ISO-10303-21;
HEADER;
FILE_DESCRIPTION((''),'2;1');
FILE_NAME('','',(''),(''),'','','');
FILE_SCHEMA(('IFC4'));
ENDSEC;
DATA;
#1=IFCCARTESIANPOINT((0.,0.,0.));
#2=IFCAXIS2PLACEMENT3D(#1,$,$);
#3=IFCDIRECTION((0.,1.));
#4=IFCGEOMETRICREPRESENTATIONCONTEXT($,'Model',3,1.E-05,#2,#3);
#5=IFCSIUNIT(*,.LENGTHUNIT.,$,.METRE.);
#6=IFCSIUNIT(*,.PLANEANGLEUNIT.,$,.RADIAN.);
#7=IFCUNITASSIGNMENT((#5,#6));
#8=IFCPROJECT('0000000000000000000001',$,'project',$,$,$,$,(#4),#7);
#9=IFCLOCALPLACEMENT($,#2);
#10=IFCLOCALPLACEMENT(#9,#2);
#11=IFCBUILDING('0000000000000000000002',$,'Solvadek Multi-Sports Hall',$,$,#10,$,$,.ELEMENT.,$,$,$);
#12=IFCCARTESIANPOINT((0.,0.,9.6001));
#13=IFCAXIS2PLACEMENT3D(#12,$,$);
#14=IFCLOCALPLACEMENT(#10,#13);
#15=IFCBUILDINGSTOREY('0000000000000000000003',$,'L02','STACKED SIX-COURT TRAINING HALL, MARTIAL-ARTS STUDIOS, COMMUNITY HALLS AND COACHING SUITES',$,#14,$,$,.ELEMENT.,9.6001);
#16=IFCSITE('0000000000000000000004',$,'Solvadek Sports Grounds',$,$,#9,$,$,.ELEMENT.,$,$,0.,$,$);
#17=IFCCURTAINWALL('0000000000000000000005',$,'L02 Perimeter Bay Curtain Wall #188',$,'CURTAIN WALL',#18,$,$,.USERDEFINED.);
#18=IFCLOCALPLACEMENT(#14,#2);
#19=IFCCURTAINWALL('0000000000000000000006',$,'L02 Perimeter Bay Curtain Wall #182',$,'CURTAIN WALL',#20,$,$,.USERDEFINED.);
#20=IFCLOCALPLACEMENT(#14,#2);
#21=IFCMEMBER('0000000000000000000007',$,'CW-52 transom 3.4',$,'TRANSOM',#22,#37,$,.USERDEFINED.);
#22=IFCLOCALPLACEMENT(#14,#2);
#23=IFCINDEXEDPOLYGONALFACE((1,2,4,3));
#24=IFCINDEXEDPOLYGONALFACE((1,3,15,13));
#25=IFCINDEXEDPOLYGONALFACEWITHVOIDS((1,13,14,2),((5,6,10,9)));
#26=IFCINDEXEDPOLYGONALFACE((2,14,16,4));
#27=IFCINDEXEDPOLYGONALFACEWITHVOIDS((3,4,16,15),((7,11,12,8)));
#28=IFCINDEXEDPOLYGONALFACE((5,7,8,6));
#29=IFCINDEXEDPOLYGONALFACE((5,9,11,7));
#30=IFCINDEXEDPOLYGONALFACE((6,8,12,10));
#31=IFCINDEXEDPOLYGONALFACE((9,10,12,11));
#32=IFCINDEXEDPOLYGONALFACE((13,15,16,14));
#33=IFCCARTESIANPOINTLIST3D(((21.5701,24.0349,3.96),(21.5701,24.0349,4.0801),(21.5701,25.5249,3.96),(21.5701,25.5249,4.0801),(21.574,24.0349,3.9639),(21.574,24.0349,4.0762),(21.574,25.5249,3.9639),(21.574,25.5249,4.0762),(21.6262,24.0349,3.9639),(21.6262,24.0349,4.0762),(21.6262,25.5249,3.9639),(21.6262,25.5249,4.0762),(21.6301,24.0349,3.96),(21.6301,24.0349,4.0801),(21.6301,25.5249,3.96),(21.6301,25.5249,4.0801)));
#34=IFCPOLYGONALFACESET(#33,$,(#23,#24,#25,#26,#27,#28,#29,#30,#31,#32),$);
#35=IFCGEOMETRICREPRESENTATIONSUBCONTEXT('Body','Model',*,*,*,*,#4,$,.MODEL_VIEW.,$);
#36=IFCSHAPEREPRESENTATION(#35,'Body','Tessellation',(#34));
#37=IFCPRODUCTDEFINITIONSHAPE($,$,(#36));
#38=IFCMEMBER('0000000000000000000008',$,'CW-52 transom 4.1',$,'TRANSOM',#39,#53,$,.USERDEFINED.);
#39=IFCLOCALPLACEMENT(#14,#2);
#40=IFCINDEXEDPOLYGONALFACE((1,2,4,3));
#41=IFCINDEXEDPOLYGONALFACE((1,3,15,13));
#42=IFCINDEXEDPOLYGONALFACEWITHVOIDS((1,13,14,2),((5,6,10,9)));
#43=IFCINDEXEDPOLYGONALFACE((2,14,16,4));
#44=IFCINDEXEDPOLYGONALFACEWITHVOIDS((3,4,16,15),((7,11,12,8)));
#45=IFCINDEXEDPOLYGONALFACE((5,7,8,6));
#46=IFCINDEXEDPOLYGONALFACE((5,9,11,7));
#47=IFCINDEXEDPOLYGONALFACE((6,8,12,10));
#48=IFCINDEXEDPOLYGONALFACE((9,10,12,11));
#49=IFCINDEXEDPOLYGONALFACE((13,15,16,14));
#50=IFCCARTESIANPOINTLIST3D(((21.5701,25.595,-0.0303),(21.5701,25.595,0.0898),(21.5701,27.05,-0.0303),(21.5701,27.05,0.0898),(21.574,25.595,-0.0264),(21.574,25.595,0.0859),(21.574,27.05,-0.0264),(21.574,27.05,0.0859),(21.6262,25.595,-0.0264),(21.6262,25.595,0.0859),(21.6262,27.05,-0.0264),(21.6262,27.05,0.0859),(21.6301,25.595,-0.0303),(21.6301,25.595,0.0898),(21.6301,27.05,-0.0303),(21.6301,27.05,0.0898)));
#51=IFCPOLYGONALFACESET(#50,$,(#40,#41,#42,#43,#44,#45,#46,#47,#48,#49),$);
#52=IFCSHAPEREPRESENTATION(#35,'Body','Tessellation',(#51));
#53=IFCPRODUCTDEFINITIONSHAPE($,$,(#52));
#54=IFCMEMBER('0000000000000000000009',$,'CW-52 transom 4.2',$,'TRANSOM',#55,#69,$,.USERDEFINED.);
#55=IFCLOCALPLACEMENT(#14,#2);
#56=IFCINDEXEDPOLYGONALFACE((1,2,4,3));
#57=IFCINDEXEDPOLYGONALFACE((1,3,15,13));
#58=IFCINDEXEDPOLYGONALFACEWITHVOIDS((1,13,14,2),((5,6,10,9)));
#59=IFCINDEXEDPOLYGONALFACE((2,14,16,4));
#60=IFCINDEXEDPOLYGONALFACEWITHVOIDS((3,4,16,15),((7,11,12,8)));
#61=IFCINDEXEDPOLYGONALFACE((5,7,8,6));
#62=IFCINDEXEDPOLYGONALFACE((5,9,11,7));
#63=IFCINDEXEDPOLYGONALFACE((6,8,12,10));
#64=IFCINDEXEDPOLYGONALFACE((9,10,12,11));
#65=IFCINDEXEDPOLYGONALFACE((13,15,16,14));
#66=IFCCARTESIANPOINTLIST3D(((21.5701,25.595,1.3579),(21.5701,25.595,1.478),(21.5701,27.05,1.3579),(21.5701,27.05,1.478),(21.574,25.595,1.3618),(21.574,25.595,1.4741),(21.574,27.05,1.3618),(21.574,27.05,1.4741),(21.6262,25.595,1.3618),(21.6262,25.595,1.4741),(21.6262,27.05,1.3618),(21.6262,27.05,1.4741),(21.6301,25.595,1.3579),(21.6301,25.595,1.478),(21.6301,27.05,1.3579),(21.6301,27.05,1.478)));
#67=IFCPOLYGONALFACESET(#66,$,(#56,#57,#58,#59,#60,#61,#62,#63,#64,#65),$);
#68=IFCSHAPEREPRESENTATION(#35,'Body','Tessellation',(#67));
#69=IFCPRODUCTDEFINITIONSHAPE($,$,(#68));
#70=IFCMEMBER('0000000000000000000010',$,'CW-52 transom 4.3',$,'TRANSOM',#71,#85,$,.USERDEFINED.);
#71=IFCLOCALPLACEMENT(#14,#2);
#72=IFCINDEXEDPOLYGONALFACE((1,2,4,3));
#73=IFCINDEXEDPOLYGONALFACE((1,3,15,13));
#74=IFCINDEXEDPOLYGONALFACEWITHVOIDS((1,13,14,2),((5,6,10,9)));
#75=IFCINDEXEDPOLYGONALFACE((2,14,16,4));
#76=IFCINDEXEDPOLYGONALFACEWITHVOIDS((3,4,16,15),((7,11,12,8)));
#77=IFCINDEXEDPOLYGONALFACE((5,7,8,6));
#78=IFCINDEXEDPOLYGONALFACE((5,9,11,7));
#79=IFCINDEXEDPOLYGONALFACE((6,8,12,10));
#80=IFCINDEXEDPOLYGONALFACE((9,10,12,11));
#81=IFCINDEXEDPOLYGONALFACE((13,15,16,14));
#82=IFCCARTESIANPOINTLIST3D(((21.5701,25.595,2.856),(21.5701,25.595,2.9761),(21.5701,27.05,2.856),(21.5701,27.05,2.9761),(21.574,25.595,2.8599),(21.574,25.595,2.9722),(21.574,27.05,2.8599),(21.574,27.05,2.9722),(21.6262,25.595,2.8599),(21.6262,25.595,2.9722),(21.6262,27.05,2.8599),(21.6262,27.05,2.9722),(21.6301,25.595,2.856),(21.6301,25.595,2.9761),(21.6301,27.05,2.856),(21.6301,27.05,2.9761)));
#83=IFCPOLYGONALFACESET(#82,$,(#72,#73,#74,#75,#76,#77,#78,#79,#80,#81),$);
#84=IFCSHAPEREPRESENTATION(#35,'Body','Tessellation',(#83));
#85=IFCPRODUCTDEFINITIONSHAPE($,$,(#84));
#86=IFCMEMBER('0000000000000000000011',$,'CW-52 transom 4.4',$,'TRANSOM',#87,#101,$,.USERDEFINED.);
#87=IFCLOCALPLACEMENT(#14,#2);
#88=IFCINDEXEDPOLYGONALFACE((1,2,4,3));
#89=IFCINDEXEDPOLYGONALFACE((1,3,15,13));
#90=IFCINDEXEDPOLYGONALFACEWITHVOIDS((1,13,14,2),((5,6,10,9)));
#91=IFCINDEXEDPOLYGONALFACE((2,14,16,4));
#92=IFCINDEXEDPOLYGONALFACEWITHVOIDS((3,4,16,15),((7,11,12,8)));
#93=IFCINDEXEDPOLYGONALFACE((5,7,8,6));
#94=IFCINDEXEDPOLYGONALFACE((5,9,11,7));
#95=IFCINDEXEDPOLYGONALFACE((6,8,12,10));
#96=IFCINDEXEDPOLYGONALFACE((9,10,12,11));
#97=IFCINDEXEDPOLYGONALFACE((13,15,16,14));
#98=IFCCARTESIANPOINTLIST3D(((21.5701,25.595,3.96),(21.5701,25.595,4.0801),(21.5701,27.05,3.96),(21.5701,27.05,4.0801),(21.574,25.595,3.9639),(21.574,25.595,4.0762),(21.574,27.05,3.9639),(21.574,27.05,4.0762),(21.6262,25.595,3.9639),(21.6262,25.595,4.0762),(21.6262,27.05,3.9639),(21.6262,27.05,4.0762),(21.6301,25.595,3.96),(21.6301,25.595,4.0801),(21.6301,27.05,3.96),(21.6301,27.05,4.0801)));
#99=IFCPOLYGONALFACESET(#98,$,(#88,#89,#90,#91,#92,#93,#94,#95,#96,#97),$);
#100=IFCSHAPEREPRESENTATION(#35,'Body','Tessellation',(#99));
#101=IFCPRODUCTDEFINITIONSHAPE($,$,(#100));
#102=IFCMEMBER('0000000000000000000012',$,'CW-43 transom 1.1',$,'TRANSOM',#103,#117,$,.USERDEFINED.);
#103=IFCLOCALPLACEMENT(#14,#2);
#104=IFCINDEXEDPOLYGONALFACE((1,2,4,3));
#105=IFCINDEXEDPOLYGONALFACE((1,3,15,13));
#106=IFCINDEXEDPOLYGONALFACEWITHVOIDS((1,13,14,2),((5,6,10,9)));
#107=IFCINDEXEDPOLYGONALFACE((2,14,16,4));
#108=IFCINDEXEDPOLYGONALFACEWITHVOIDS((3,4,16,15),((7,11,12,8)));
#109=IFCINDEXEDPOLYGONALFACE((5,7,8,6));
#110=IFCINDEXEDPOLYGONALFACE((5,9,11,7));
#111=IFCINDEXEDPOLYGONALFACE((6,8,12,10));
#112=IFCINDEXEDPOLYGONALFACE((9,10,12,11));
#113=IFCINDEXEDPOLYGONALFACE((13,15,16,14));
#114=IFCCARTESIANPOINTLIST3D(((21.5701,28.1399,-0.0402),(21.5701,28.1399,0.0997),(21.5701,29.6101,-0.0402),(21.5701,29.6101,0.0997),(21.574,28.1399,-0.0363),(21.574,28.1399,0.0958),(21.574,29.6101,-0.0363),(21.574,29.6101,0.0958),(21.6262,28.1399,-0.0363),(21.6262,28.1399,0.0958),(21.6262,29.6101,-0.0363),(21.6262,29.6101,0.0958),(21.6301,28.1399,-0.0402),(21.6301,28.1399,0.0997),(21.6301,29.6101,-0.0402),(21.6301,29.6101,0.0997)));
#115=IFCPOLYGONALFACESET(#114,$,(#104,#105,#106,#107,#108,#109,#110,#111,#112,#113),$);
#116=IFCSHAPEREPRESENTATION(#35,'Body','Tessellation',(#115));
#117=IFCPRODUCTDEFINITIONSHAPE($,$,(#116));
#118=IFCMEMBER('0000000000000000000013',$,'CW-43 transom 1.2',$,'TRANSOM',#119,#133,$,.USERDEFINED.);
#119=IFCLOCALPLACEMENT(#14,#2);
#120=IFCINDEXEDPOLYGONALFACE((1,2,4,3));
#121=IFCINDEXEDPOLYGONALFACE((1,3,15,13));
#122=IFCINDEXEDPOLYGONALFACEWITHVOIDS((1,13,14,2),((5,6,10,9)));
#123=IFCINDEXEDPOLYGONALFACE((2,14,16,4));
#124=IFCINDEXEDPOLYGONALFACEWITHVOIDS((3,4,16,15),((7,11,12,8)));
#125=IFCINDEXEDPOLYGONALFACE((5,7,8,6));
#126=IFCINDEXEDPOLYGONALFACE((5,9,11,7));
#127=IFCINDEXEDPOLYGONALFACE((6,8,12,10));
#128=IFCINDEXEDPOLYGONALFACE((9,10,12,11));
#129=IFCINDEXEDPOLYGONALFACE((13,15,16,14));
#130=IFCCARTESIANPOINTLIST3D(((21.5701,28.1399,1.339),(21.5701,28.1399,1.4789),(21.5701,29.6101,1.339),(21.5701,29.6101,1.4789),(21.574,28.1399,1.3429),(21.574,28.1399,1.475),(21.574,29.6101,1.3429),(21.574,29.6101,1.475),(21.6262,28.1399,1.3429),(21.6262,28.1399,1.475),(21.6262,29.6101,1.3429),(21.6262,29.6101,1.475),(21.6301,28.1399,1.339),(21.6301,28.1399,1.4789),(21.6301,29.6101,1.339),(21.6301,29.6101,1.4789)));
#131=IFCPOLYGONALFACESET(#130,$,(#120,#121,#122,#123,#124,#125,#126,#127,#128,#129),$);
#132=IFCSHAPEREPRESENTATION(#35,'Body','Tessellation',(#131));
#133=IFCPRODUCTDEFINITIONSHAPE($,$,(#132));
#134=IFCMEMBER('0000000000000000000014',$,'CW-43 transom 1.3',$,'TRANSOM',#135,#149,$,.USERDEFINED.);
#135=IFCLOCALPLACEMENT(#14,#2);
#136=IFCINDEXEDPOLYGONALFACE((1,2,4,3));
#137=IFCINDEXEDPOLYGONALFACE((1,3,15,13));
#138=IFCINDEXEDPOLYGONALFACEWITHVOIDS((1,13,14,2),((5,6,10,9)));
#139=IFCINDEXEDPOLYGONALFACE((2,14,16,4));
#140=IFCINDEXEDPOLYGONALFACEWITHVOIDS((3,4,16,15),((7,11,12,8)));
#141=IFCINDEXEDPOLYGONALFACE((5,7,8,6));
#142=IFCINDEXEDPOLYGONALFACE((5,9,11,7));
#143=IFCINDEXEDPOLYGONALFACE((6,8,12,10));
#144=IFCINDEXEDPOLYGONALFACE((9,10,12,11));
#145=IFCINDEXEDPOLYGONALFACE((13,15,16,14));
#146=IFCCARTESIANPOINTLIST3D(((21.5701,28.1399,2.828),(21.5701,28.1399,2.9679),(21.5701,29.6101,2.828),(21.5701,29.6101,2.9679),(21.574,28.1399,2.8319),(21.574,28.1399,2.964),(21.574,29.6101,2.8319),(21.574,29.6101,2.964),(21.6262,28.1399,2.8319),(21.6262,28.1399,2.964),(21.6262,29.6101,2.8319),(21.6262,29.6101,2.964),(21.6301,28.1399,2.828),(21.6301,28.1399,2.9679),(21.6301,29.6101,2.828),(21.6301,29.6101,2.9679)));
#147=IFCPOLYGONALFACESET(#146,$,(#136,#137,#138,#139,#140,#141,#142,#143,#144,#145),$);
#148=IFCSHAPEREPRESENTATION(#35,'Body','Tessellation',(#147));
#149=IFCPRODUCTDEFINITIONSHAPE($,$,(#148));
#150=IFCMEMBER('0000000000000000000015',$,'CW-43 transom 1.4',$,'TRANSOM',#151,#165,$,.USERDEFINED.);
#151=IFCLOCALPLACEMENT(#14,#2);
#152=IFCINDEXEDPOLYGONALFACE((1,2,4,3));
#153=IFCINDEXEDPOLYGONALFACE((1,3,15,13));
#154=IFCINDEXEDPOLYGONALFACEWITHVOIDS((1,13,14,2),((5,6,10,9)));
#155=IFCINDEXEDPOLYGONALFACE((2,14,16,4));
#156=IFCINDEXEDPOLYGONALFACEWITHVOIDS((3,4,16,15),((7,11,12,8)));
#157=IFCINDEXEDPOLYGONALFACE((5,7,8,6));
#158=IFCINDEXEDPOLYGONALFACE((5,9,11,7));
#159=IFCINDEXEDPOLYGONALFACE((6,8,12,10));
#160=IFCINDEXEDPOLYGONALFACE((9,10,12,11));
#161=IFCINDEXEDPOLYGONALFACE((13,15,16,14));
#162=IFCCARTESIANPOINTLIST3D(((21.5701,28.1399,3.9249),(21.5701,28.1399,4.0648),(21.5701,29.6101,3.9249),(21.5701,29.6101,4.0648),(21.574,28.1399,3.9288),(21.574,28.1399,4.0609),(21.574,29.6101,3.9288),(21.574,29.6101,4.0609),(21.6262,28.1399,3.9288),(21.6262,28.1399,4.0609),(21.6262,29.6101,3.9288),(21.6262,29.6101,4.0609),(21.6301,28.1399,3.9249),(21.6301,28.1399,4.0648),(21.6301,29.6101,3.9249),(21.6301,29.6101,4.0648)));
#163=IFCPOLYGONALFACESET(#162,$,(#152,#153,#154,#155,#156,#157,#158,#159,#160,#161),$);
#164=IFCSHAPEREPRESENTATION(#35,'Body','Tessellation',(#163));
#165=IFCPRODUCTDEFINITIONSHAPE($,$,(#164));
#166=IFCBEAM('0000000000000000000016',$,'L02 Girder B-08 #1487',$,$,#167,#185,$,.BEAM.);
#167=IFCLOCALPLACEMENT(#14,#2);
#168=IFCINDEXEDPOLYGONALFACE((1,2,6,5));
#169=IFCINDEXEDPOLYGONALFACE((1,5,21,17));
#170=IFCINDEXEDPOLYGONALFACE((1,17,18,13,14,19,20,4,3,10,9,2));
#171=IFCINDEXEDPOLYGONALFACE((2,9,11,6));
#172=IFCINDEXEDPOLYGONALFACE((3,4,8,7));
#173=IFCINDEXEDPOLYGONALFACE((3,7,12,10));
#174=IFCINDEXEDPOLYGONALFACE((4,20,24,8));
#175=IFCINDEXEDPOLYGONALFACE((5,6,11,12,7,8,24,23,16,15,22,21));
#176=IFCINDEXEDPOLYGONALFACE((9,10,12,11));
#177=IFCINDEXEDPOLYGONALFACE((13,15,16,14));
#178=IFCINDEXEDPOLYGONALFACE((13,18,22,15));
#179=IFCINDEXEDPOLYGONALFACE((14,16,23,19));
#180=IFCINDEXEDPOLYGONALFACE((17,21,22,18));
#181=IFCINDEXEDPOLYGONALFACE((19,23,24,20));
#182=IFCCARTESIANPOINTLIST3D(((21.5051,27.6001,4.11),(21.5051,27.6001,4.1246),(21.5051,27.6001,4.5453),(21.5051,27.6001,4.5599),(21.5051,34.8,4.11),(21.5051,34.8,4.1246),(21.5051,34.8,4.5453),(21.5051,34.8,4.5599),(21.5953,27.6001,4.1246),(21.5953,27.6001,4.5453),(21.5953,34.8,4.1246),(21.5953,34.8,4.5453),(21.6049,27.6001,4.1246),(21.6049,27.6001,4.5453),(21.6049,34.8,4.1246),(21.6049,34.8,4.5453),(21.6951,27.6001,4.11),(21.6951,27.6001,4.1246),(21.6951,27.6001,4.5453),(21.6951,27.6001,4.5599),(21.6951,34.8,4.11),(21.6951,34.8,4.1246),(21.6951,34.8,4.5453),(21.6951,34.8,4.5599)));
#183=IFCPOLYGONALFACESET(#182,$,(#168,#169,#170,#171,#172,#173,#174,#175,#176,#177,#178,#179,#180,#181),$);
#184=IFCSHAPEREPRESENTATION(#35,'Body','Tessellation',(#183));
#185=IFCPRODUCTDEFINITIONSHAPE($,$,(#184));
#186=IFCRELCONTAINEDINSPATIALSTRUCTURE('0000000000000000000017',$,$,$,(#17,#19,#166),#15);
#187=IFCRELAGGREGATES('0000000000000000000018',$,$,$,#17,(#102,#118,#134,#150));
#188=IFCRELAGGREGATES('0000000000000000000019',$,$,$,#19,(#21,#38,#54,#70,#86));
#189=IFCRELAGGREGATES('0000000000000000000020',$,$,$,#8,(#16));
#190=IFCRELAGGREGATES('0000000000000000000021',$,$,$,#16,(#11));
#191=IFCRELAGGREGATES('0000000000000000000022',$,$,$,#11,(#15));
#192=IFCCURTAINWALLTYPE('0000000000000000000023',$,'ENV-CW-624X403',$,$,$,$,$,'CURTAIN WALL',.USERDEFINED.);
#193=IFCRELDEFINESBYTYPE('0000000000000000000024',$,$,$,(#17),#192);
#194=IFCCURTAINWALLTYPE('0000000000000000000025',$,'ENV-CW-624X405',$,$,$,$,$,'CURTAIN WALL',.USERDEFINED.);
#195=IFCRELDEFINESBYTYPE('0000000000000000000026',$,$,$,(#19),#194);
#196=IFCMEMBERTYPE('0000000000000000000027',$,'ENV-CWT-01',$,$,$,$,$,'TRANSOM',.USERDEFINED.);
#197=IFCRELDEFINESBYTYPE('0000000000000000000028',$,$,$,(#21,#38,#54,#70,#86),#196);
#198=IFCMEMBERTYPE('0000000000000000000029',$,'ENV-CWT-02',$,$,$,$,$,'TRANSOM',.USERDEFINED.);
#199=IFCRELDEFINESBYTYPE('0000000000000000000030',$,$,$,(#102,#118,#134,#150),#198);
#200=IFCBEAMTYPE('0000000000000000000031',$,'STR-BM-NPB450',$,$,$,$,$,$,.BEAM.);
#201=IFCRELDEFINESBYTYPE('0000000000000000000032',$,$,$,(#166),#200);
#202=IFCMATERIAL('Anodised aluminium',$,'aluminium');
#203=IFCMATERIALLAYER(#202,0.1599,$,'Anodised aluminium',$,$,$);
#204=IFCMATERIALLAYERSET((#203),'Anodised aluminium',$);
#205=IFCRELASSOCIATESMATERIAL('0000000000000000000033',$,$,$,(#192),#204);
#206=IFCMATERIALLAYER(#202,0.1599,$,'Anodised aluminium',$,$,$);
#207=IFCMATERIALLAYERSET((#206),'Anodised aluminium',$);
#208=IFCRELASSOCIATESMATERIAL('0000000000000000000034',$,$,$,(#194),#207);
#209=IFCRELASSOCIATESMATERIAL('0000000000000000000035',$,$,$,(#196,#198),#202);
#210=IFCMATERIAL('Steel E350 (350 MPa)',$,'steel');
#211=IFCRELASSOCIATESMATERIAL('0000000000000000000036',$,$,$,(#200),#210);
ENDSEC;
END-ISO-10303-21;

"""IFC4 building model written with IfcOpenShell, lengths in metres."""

from ifc_helpers import new_model, si_unit, direction, frame, origin, origin_2d, place, context, subcontext, project, spatial, hollow_rectangle, i_section, extrude, material, layer, layer_set, material_profile, profile_set, type_object, element, aggregate, save


model = new_model("IFC4")

# Units and contexts
model_context = context("Model", 3, precision=1e-05, world=origin(), true_north=direction((0.0, 1.0)))
body_context = subcontext(model_context, "Body", "Model", "MODEL_VIEW")
ifc_project = project(units=[si_unit("LENGTHUNIT", "METRE"), si_unit("PLANEANGLEUNIT", "RADIAN")], contexts=[model_context])

# Site, building, storey
site_placement = place(None, origin())
site = spatial("IfcSite", under=ifc_project, at=site_placement, Name="Solvadek Sports Grounds", CompositionType="ELEMENT", RefElevation=0.0)
building_placement = place(site_placement, origin())
building = spatial("IfcBuilding", under=site, at=building_placement, Name="Solvadek Multi-Sports Hall", CompositionType="ELEMENT")
storey_placement = place(building_placement, frame((0.0, 0.0, 9.6001)))
storey = spatial("IfcBuildingStorey", under=building, at=storey_placement, Name="L02", Description="STACKED SIX-COURT TRAINING HALL, MARTIAL-ARTS STUDIOS, COMMUNITY HALLS AND COACHING SUITES", CompositionType="ELEMENT", Elevation=9.6001)

# Shared definitions
ifc_material_1 = material(Name="Steel E350 (350 MPa)", Category="steel")

# Curtain wall
ifc_material_2 = material(Name="Anodised aluminium", Category="aluminium")
ifc_layer_1 = layer(ifc_material_2, 0.1599, Name="Anodised aluminium")
ifc_layer_set_1 = layer_set([ifc_layer_1], Name="Anodised aluminium")
curtain_wall_type_1 = type_object("IfcCurtainWallType", Name="ENV-CW-624X403", ElementType="CURTAIN WALL", PredefinedType="USERDEFINED", material=ifc_layer_set_1)
curtain_wall_1_placement = place(storey_placement, origin())
curtain_wall_1 = element("IfcCurtainWall", 1, at=curtain_wall_1_placement, inside=storey, type_object=curtain_wall_type_1, Name="L02 Perimeter Bay Curtain Wall #188", ObjectType="CURTAIN WALL", PredefinedType="USERDEFINED")

# Curtain wall, members
ifc_layer_2 = layer(ifc_material_2, 0.1599, Name="Anodised aluminium")
ifc_layer_set_2 = layer_set([ifc_layer_2], Name="Anodised aluminium")
curtain_wall_type_2 = type_object("IfcCurtainWallType", Name="ENV-CW-624X405", ElementType="CURTAIN WALL", PredefinedType="USERDEFINED", material=ifc_layer_set_2)
curtain_wall_2_placement = place(storey_placement, origin())
curtain_wall_2 = element("IfcCurtainWall", 2, at=curtain_wall_2_placement, inside=storey, type_object=curtain_wall_type_2, Name="L02 Perimeter Bay Curtain Wall #182", ObjectType="CURTAIN WALL", PredefinedType="USERDEFINED")
ifc_material_profile_1 = material_profile(ifc_material_2, hollow_rectangle(XDim=0.0601, YDim=0.1201, WallThickness=0.0039, at=origin_2d()), Name="ALU-T 120x60x4")
ifc_profile_set_1 = profile_set([ifc_material_profile_1], Name="Anodised aluminium")
member_type_1 = type_object("IfcMemberType", Name="ENV-CWT-01", ElementType="TRANSOM", PredefinedType="USERDEFINED", material=ifc_profile_set_1)
member_1_placement = place(storey_placement, frame((21.6001, 24.0349, 4.02), z_axis=(0.0, 1.0, 0.0), x_axis=(-1.0, 0.0, 0.0)))
member_1 = element("IfcMember", 3, at=member_1_placement, type_object=member_type_1, Name="CW-52 transom 3.4", ObjectType="TRANSOM", PredefinedType="USERDEFINED", context=body_context, shape_type="SweptSolid", body=[
    extrude(hollow_rectangle(XDim=0.0601, YDim=0.1201, WallThickness=0.0039, at=origin_2d()), origin(), (0.0, 0.0, 1.0), 1.49),
])
member_2_placement = place(storey_placement, frame((21.6001, 25.595, 0.0298), z_axis=(0.0, 1.0, 0.0), x_axis=(-1.0, 0.0, 0.0)))
member_2 = element("IfcMember", 4, at=member_2_placement, type_object=member_type_1, Name="CW-52 transom 4.1", ObjectType="TRANSOM", PredefinedType="USERDEFINED", context=body_context, shape_type="SweptSolid", body=[
    extrude(hollow_rectangle(XDim=0.0601, YDim=0.1201, WallThickness=0.0039, at=origin_2d()), origin(), (0.0, 0.0, 1.0), 1.4551),
])
member_3_placement = place(storey_placement, frame((21.6001, 25.595, 1.418), z_axis=(0.0, 1.0, 0.0), x_axis=(-1.0, 0.0, 0.0)))
member_3 = element("IfcMember", 5, at=member_3_placement, type_object=member_type_1, Name="CW-52 transom 4.2", ObjectType="TRANSOM", PredefinedType="USERDEFINED", context=body_context, shape_type="SweptSolid", body=[
    extrude(hollow_rectangle(XDim=0.0601, YDim=0.1201, WallThickness=0.0039, at=origin_2d()), origin(), (0.0, 0.0, 1.0), 1.4551),
])
member_4_placement = place(storey_placement, frame((21.6001, 25.595, 2.916), z_axis=(0.0, 1.0, 0.0), x_axis=(-1.0, 0.0, 0.0)))
member_4 = element("IfcMember", 6, at=member_4_placement, type_object=member_type_1, Name="CW-52 transom 4.3", ObjectType="TRANSOM", PredefinedType="USERDEFINED", context=body_context, shape_type="SweptSolid", body=[
    extrude(hollow_rectangle(XDim=0.0601, YDim=0.1201, WallThickness=0.0039, at=origin_2d()), origin(), (0.0, 0.0, 1.0), 1.4551),
])
member_5_placement = place(storey_placement, frame((21.6001, 25.595, 4.02), z_axis=(0.0, 1.0, 0.0), x_axis=(-1.0, 0.0, 0.0)))
member_5 = element("IfcMember", 7, at=member_5_placement, type_object=member_type_1, Name="CW-52 transom 4.4", ObjectType="TRANSOM", PredefinedType="USERDEFINED", context=body_context, shape_type="SweptSolid", body=[
    extrude(hollow_rectangle(XDim=0.0601, YDim=0.1201, WallThickness=0.0039, at=origin_2d()), origin(), (0.0, 0.0, 1.0), 1.4551),
])

# Members
ifc_material_profile_2 = material_profile(ifc_material_2, hollow_rectangle(XDim=0.0601, YDim=0.1399, WallThickness=0.0039, at=origin_2d()), Name="ALU-T 140x60x4")
ifc_profile_set_2 = profile_set([ifc_material_profile_2], Name="Anodised aluminium")
member_type_2 = type_object("IfcMemberType", Name="ENV-CWT-02", ElementType="TRANSOM", PredefinedType="USERDEFINED", material=ifc_profile_set_2)
member_6_placement = place(storey_placement, frame((21.6001, 28.1399, 0.0298), z_axis=(0.0, 1.0, 0.0), x_axis=(-1.0, 0.0, 0.0)))
member_6 = element("IfcMember", 8, at=member_6_placement, type_object=member_type_2, Name="CW-43 transom 1.1", ObjectType="TRANSOM", PredefinedType="USERDEFINED", context=body_context, shape_type="SweptSolid", body=[
    extrude(hollow_rectangle(XDim=0.0601, YDim=0.1399, WallThickness=0.0039, at=origin_2d()), origin(), (0.0, 0.0, 1.0), 1.4702),
])
member_7_placement = place(storey_placement, frame((21.6001, 28.1399, 1.4089), z_axis=(0.0, 1.0, 0.0), x_axis=(-1.0, 0.0, 0.0)))
member_7 = element("IfcMember", 9, at=member_7_placement, type_object=member_type_2, Name="CW-43 transom 1.2", ObjectType="TRANSOM", PredefinedType="USERDEFINED", context=body_context, shape_type="SweptSolid", body=[
    extrude(hollow_rectangle(XDim=0.0601, YDim=0.1399, WallThickness=0.0039, at=origin_2d()), origin(), (0.0, 0.0, 1.0), 1.4702),
])
member_8_placement = place(storey_placement, frame((21.6001, 28.1399, 2.8979), z_axis=(0.0, 1.0, 0.0), x_axis=(-1.0, 0.0, 0.0)))
member_8 = element("IfcMember", 10, at=member_8_placement, type_object=member_type_2, Name="CW-43 transom 1.3", ObjectType="TRANSOM", PredefinedType="USERDEFINED", context=body_context, shape_type="SweptSolid", body=[
    extrude(hollow_rectangle(XDim=0.0601, YDim=0.1399, WallThickness=0.0039, at=origin_2d()), origin(), (0.0, 0.0, 1.0), 1.4702),
])
member_9_placement = place(storey_placement, frame((21.6001, 28.1399, 3.9949), z_axis=(0.0, 1.0, 0.0), x_axis=(-1.0, 0.0, 0.0)))
member_9 = element("IfcMember", 11, at=member_9_placement, type_object=member_type_2, Name="CW-43 transom 1.4", ObjectType="TRANSOM", PredefinedType="USERDEFINED", context=body_context, shape_type="SweptSolid", body=[
    extrude(hollow_rectangle(XDim=0.0601, YDim=0.1399, WallThickness=0.0039, at=origin_2d()), origin(), (0.0, 0.0, 1.0), 1.4702),
])
aggregate(curtain_wall_1, [member_6, member_7, member_8, member_9])

# Beam
ifc_material_profile_3 = material_profile(ifc_material_1, i_section(OverallWidth=0.1899, OverallDepth=0.45, WebThickness=0.0095, FlangeThickness=0.0146, at=origin_2d()), Name="NPB 450")
ifc_profile_set_3 = profile_set([ifc_material_profile_3], Name="Steel E350 (350 MPa)")
beam_type = type_object("IfcBeamType", Name="STR-BM-NPB450", PredefinedType="BEAM", material=ifc_profile_set_3)
beam_placement = place(storey_placement, frame((21.6001, 27.6001, 4.335), z_axis=(0.0, 1.0, 0.0), x_axis=(-1.0, 0.0, 0.0)))
element("IfcBeam", 12, at=beam_placement, inside=storey, type_object=beam_type, Name="L02 Girder B-08 #1487", PredefinedType="BEAM", context=body_context, shape_type="SweptSolid", body=[
    extrude(i_section(OverallWidth=0.1899, OverallDepth=0.45, WebThickness=0.0095, FlangeThickness=0.0146, at=origin_2d()), origin(), (0.0, 0.0, 1.0), 7.2),
])

aggregate(curtain_wall_2, [member_1, member_2, member_3, member_4, member_5])

save(model, "model.ifc")
